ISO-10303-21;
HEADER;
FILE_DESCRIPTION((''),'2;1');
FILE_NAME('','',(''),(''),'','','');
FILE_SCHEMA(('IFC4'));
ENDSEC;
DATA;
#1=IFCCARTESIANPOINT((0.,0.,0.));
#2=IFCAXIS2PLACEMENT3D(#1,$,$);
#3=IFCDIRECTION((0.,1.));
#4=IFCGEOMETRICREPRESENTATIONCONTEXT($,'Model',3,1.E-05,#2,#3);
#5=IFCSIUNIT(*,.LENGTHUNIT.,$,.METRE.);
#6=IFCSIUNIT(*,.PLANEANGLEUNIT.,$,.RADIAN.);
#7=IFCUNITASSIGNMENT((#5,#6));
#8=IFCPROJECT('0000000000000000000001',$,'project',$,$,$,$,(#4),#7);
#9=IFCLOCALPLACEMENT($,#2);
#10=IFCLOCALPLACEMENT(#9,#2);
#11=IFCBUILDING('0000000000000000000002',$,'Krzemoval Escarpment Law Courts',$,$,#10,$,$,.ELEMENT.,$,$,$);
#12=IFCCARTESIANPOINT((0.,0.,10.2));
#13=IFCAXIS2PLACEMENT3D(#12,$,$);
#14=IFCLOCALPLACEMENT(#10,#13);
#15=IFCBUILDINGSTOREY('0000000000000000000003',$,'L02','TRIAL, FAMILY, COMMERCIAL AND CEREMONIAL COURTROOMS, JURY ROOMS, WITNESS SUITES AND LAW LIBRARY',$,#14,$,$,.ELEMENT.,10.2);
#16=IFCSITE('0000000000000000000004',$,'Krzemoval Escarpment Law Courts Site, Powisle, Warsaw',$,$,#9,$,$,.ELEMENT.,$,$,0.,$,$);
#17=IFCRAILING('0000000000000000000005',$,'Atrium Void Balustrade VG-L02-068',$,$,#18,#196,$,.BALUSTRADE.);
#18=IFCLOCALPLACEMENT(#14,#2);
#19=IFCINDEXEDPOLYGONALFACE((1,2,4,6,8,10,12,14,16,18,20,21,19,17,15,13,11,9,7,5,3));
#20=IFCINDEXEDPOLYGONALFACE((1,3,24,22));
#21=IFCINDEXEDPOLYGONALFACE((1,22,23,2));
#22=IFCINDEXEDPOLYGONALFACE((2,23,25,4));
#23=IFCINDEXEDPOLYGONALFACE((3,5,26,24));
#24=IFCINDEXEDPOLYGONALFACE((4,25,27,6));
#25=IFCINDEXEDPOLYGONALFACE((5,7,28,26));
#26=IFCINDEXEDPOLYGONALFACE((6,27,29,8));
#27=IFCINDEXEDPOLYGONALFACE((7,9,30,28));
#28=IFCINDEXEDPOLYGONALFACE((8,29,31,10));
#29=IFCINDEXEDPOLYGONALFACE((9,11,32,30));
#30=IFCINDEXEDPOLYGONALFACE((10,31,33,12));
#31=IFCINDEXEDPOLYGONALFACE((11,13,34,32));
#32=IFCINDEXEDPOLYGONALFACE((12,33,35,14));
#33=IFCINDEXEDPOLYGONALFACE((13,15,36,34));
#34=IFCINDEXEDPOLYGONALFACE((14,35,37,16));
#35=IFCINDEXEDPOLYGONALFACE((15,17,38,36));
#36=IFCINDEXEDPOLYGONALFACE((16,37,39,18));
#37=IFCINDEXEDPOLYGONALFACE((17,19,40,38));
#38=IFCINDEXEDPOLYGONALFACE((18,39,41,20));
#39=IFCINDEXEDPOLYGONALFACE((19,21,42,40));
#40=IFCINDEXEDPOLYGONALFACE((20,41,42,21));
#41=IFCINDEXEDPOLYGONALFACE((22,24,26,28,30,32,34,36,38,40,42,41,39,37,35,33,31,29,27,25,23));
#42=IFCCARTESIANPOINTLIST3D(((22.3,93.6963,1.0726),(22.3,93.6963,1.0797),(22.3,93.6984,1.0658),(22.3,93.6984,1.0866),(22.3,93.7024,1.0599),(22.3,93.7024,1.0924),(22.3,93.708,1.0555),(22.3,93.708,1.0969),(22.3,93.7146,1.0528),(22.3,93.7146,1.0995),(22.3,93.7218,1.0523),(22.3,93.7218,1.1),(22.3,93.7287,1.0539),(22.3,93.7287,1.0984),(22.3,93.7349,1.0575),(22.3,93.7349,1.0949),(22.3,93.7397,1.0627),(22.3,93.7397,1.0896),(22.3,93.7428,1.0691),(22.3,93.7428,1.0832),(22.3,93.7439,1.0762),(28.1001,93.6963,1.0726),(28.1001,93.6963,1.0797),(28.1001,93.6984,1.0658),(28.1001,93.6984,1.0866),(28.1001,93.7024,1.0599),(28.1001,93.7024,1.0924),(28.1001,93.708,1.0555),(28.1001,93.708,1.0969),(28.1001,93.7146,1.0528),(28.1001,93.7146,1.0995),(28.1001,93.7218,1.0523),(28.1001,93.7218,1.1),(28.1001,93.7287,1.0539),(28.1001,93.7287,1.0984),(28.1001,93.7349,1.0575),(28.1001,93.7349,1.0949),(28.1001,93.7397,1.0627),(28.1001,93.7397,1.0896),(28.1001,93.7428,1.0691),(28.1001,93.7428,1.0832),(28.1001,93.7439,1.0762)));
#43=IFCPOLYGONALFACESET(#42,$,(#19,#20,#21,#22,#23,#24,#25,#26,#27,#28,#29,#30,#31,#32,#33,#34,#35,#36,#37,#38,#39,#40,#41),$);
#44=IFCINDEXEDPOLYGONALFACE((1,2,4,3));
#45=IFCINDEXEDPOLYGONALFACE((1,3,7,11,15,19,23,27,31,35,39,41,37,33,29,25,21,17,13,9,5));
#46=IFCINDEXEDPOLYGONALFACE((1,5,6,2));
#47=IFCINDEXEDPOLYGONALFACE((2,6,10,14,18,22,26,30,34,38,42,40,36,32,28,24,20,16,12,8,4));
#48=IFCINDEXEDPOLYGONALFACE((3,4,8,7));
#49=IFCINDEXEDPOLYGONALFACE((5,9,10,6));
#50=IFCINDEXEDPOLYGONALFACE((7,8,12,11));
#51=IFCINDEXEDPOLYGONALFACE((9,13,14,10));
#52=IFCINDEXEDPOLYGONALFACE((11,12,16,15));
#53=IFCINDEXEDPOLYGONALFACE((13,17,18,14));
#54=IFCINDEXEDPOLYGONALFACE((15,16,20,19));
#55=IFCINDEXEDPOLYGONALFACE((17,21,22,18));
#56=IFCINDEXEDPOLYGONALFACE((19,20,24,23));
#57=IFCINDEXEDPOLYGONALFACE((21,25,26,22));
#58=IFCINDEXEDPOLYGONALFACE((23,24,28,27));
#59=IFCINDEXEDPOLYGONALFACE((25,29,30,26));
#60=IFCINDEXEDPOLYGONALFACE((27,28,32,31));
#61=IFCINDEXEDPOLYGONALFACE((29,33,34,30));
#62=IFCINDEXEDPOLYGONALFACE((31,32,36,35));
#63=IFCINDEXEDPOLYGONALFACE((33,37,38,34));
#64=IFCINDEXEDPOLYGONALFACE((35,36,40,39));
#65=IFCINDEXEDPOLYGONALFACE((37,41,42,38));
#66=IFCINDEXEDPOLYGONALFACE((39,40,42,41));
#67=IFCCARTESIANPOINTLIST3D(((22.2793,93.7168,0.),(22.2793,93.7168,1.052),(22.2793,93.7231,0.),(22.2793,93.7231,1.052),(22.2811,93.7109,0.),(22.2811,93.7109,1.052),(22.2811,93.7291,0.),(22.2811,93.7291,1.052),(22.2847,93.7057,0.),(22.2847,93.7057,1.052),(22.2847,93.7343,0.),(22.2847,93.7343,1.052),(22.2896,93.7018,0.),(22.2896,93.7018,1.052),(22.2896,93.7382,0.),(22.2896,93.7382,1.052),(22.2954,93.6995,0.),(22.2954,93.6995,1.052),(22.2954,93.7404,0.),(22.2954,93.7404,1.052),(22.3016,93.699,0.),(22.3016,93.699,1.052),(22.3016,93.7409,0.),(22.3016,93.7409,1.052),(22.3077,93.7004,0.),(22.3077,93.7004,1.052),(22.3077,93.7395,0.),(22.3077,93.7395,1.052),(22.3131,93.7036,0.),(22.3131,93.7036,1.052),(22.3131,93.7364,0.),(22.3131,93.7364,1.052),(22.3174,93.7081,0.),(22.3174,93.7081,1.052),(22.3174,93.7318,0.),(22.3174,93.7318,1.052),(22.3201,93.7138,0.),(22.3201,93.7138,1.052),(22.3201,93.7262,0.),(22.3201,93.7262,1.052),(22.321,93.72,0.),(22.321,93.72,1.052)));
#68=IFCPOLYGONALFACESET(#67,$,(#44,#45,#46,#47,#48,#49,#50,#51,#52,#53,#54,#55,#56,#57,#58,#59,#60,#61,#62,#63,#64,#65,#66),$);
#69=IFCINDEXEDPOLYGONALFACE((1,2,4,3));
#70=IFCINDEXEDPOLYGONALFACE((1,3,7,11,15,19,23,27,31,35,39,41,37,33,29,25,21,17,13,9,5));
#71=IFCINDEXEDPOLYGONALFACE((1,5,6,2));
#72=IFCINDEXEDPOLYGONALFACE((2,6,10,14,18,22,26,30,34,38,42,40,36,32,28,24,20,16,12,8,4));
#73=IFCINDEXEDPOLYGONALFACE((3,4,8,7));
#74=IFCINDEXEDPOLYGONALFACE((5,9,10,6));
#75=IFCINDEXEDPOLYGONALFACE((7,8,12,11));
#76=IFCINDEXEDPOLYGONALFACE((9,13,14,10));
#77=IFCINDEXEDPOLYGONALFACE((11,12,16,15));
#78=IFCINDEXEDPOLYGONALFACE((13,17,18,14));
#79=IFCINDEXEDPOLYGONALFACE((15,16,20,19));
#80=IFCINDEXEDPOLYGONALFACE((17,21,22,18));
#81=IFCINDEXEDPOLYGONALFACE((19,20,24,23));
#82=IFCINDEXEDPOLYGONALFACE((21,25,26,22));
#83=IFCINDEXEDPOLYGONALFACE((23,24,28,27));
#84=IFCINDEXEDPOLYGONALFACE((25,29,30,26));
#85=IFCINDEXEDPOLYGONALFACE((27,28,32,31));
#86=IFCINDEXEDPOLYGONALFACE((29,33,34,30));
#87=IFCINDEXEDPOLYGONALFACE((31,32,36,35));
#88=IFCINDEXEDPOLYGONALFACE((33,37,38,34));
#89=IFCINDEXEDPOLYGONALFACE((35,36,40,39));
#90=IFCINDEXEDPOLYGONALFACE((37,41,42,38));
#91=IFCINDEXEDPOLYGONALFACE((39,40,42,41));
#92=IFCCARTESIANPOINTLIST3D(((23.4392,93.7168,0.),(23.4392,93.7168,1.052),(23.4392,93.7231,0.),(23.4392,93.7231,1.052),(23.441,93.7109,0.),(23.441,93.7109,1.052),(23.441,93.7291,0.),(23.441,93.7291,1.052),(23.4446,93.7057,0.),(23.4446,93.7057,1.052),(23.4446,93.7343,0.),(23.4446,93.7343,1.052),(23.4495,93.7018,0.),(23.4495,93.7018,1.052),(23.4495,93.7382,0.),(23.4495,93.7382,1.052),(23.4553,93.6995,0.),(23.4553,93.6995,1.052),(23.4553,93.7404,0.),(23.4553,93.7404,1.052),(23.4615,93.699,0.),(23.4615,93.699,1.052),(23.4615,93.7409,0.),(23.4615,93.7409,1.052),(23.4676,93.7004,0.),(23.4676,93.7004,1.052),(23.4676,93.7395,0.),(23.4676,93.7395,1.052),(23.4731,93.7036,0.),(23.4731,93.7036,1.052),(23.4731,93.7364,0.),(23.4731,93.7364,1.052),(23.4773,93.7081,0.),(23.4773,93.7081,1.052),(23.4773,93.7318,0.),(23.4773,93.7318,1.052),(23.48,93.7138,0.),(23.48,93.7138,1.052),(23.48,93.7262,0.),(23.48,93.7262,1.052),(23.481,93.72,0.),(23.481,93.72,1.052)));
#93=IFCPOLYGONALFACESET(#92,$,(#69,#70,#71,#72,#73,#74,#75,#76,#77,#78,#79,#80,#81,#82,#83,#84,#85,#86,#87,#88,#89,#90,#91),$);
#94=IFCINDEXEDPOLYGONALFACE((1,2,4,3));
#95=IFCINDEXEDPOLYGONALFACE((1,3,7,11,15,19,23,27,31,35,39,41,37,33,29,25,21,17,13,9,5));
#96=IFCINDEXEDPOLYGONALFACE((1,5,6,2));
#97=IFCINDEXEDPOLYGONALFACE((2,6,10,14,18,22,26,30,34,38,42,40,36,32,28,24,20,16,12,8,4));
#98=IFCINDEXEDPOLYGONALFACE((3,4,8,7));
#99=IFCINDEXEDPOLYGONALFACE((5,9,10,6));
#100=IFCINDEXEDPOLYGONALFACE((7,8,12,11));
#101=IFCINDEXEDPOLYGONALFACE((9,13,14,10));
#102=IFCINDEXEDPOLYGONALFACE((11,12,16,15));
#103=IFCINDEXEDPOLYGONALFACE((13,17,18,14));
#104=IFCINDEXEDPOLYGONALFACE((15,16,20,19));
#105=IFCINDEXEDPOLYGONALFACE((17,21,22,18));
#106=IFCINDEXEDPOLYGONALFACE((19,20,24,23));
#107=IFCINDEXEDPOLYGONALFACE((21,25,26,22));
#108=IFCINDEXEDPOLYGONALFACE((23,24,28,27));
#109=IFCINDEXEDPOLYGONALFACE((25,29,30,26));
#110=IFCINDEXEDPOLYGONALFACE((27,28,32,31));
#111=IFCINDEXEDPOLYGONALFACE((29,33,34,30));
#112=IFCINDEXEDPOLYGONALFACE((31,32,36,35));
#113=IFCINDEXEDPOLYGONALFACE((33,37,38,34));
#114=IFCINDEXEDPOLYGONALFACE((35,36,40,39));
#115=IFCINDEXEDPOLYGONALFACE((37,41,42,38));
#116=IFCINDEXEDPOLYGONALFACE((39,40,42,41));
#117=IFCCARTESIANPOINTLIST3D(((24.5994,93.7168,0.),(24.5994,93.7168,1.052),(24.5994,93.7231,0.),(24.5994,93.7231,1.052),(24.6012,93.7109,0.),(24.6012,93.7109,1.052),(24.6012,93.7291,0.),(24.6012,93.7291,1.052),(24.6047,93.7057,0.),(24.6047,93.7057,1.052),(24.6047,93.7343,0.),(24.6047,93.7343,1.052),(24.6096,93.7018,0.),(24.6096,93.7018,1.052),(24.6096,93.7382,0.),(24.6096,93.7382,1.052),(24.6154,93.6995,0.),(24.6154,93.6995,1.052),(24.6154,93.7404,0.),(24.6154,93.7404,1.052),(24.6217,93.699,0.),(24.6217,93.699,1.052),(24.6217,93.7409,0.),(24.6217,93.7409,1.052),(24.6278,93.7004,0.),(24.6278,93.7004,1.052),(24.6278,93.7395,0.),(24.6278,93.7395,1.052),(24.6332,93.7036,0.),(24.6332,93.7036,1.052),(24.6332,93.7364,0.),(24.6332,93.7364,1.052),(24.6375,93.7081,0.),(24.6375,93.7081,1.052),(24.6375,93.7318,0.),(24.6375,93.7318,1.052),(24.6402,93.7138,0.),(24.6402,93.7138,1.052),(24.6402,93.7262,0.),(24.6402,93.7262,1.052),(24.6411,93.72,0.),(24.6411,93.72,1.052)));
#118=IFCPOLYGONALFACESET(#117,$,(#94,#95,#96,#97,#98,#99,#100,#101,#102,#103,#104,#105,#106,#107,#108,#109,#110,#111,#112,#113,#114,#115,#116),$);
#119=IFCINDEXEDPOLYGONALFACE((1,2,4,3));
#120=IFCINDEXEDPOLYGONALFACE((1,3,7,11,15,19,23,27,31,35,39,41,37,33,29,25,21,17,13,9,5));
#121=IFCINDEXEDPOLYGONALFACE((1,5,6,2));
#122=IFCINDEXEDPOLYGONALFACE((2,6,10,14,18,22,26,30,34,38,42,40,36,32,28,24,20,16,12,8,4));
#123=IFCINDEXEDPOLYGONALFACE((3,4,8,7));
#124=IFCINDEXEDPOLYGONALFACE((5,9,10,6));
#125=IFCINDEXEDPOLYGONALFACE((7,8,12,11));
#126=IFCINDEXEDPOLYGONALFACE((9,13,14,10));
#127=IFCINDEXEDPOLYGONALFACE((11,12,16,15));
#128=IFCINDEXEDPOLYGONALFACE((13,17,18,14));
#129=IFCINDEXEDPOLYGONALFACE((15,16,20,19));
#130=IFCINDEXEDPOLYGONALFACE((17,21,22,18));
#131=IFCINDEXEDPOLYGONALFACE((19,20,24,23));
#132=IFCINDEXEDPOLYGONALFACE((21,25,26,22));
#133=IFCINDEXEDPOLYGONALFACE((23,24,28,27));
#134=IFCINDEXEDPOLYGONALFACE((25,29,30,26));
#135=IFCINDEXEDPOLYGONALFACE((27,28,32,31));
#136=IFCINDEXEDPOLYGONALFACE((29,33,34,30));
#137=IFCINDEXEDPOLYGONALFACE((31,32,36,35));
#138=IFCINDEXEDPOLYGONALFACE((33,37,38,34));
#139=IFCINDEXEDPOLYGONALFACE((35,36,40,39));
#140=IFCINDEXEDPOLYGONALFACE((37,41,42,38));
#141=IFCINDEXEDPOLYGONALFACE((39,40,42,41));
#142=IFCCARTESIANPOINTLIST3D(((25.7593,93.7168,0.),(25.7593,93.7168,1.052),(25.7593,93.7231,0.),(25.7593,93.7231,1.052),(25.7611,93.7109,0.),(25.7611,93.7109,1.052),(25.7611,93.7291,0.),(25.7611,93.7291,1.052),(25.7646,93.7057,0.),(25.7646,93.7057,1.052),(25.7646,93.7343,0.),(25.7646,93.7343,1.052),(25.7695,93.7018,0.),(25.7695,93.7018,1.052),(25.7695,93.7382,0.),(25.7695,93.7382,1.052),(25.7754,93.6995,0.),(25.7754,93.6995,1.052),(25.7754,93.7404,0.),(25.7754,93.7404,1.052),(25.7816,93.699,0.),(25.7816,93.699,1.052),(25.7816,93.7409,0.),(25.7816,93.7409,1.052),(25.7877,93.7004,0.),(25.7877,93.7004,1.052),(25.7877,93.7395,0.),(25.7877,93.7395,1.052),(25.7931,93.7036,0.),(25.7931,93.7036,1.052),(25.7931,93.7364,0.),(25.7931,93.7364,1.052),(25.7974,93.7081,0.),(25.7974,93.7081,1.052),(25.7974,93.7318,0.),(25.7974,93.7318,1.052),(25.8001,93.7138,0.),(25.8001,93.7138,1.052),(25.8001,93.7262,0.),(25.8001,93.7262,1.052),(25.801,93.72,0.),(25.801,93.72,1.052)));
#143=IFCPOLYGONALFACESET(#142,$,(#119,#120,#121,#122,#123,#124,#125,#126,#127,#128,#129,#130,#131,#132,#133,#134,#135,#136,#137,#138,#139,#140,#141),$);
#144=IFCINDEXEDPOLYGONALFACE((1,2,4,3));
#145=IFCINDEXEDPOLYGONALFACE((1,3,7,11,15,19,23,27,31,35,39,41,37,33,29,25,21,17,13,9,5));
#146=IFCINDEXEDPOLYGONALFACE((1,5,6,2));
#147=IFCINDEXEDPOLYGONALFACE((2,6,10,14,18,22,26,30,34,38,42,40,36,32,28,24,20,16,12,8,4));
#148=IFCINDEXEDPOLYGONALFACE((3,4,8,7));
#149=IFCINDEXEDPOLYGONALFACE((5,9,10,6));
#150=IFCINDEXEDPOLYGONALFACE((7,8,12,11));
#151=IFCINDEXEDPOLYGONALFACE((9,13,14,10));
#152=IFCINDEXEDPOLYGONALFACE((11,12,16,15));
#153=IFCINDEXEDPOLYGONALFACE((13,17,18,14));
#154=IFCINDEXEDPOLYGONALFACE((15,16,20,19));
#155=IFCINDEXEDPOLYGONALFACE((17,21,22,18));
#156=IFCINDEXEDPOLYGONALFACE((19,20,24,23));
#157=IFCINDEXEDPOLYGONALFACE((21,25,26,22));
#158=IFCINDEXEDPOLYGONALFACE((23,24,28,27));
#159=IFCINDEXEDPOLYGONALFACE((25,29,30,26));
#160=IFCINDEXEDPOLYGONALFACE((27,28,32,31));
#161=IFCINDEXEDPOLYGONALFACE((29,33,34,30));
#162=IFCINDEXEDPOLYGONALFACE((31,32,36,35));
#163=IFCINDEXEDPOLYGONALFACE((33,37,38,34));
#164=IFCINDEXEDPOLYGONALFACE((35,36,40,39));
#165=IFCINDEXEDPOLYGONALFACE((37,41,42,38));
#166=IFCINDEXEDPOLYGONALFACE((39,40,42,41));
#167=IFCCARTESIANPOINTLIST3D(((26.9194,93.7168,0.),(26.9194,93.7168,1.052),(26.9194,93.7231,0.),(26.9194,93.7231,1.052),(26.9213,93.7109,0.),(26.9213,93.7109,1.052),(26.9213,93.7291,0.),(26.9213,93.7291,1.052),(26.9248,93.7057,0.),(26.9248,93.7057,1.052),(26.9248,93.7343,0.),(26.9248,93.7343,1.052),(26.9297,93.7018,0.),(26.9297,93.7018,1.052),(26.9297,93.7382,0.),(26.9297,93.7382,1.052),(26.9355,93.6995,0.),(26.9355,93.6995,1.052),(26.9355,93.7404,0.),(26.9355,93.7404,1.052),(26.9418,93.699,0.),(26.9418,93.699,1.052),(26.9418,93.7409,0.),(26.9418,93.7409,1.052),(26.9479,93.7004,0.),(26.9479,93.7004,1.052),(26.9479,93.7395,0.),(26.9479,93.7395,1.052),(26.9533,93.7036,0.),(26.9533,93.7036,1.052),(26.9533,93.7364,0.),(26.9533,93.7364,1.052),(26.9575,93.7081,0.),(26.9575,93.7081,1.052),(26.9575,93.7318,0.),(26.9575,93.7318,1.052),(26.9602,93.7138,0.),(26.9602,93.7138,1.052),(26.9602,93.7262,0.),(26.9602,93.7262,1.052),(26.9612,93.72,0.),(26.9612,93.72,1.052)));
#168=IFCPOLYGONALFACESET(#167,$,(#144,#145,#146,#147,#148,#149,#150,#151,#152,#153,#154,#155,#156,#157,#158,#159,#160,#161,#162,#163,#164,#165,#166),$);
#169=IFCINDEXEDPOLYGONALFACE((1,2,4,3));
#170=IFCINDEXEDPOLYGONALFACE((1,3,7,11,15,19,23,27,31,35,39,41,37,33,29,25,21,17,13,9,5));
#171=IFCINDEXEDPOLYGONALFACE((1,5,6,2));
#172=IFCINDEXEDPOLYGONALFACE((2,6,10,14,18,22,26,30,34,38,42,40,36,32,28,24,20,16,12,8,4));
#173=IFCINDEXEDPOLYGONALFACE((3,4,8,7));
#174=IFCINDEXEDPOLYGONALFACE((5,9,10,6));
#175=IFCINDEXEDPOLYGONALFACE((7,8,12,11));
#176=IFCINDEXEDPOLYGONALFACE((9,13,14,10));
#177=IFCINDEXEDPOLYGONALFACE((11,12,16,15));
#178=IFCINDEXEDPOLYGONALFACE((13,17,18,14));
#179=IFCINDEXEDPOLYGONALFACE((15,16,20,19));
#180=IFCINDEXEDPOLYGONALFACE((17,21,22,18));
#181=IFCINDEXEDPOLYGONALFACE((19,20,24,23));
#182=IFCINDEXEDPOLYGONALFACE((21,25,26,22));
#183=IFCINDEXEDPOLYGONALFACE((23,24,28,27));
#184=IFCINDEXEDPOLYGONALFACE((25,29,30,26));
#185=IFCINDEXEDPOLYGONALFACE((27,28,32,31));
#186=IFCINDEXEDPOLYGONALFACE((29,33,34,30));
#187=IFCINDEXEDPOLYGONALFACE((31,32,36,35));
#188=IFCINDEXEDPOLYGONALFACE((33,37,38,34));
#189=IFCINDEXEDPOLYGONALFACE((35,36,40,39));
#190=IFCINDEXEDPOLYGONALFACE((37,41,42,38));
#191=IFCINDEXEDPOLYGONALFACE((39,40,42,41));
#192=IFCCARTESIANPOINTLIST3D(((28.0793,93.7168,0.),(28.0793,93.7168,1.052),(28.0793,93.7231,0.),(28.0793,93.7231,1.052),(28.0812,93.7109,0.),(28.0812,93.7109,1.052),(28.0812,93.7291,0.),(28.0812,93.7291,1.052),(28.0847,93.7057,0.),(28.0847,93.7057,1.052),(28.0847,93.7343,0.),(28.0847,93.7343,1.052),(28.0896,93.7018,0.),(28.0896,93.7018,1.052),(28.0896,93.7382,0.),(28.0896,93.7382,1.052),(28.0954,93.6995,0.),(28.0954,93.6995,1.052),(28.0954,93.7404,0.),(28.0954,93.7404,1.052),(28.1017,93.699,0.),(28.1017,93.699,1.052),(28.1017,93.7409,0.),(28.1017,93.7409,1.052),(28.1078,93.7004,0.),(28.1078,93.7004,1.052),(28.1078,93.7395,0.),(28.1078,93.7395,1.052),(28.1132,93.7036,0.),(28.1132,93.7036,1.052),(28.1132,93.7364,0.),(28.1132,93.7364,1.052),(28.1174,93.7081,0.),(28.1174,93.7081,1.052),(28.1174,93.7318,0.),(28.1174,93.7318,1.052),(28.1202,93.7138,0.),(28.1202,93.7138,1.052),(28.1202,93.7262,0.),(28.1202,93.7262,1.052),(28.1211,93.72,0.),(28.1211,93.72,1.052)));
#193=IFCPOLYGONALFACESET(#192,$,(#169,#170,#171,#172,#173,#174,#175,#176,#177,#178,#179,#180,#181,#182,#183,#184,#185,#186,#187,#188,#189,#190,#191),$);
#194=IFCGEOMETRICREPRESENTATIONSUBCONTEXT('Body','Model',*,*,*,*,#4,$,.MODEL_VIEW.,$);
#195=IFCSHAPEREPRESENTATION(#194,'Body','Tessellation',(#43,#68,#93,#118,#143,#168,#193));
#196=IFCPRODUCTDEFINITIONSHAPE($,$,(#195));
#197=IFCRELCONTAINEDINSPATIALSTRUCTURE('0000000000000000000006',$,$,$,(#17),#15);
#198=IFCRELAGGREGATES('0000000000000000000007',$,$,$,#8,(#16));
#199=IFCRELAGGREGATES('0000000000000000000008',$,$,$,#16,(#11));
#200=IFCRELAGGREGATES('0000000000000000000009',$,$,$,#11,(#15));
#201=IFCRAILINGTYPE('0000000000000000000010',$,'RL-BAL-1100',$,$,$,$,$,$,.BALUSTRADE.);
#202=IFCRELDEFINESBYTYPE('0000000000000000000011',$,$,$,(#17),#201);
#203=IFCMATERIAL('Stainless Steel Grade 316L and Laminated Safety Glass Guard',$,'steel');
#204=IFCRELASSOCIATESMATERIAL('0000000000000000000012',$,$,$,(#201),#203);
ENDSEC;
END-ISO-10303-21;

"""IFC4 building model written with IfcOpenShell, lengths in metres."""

from ifc_helpers import new_model, si_unit, direction, frame, origin, origin_2d, place, context, subcontext, project, spatial, circle, extrude, material, type_object, element, save


model = new_model("IFC4")

# Units and contexts
model_context = context("Model", 3, precision=1e-05, world=origin(), true_north=direction((0.0, 1.0)))
body_context = subcontext(model_context, "Body", "Model", "MODEL_VIEW")
ifc_project = project(units=[si_unit("LENGTHUNIT", "METRE"), si_unit("PLANEANGLEUNIT", "RADIAN")], contexts=[model_context])

# Site, building, storey
site_placement = place(None, origin())
site = spatial("IfcSite", under=ifc_project, at=site_placement, Name="Krzemoval Escarpment Law Courts Site, Powisle, Warsaw", CompositionType="ELEMENT", RefElevation=0.0)
building_placement = place(site_placement, origin())
building = spatial("IfcBuilding", under=site, at=building_placement, Name="Krzemoval Escarpment Law Courts", CompositionType="ELEMENT")
storey_placement = place(building_placement, frame((0.0, 0.0, 10.2)))
storey = spatial("IfcBuildingStorey", under=building, at=storey_placement, Name="L02", Description="TRIAL, FAMILY, COMMERCIAL AND CEREMONIAL COURTROOMS, JURY ROOMS, WITNESS SUITES AND LAW LIBRARY", CompositionType="ELEMENT", Elevation=10.2)

# Railing
ifc_material_1 = material(Name="Stainless Steel Grade 316L and Laminated Safety Glass Guard", Category="steel")
railing_type = type_object("IfcRailingType", Name="RL-BAL-1100", PredefinedType="BALUSTRADE", material=ifc_material_1)
railing_1_placement = place(storey_placement, frame((22.3, 93.72, 0.0)))
element("IfcRailing", 1, at=railing_1_placement, inside=storey, type_object=railing_type, Name="Atrium Void Balustrade VG-L02-068", PredefinedType="BALUSTRADE", context=body_context, shape_type="SweptSolid", body=[
    extrude(circle(Radius=0.0239, at=origin_2d()), frame((0.0, 0.0, 1.0762), z_axis=(1.0, 0.0, 0.0), x_axis=(0.0, 1.0, 0.0)), (0.0, 0.0, 1.0), 5.8),
    extrude(circle(Radius=0.021, at=origin_2d()), origin(), (0.0, 0.0, 1.0), 1.052),
    extrude(circle(Radius=0.021, at=origin_2d()), frame((1.1599, 0.0, 0.0)), (0.0, 0.0, 1.0), 1.052),
    extrude(circle(Radius=0.021, at=origin_2d()), frame((2.3201, 0.0, 0.0)), (0.0, 0.0, 1.0), 1.052),
    extrude(circle(Radius=0.021, at=origin_2d()), frame((3.48, 0.0, 0.0)), (0.0, 0.0, 1.0), 1.052),
    extrude(circle(Radius=0.021, at=origin_2d()), frame((4.6401, 0.0, 0.0)), (0.0, 0.0, 1.0), 1.052),
    extrude(circle(Radius=0.021, at=origin_2d()), frame((5.8, 0.0, 0.0)), (0.0, 0.0, 1.0), 1.052),
])

save(model, "model.ifc")
